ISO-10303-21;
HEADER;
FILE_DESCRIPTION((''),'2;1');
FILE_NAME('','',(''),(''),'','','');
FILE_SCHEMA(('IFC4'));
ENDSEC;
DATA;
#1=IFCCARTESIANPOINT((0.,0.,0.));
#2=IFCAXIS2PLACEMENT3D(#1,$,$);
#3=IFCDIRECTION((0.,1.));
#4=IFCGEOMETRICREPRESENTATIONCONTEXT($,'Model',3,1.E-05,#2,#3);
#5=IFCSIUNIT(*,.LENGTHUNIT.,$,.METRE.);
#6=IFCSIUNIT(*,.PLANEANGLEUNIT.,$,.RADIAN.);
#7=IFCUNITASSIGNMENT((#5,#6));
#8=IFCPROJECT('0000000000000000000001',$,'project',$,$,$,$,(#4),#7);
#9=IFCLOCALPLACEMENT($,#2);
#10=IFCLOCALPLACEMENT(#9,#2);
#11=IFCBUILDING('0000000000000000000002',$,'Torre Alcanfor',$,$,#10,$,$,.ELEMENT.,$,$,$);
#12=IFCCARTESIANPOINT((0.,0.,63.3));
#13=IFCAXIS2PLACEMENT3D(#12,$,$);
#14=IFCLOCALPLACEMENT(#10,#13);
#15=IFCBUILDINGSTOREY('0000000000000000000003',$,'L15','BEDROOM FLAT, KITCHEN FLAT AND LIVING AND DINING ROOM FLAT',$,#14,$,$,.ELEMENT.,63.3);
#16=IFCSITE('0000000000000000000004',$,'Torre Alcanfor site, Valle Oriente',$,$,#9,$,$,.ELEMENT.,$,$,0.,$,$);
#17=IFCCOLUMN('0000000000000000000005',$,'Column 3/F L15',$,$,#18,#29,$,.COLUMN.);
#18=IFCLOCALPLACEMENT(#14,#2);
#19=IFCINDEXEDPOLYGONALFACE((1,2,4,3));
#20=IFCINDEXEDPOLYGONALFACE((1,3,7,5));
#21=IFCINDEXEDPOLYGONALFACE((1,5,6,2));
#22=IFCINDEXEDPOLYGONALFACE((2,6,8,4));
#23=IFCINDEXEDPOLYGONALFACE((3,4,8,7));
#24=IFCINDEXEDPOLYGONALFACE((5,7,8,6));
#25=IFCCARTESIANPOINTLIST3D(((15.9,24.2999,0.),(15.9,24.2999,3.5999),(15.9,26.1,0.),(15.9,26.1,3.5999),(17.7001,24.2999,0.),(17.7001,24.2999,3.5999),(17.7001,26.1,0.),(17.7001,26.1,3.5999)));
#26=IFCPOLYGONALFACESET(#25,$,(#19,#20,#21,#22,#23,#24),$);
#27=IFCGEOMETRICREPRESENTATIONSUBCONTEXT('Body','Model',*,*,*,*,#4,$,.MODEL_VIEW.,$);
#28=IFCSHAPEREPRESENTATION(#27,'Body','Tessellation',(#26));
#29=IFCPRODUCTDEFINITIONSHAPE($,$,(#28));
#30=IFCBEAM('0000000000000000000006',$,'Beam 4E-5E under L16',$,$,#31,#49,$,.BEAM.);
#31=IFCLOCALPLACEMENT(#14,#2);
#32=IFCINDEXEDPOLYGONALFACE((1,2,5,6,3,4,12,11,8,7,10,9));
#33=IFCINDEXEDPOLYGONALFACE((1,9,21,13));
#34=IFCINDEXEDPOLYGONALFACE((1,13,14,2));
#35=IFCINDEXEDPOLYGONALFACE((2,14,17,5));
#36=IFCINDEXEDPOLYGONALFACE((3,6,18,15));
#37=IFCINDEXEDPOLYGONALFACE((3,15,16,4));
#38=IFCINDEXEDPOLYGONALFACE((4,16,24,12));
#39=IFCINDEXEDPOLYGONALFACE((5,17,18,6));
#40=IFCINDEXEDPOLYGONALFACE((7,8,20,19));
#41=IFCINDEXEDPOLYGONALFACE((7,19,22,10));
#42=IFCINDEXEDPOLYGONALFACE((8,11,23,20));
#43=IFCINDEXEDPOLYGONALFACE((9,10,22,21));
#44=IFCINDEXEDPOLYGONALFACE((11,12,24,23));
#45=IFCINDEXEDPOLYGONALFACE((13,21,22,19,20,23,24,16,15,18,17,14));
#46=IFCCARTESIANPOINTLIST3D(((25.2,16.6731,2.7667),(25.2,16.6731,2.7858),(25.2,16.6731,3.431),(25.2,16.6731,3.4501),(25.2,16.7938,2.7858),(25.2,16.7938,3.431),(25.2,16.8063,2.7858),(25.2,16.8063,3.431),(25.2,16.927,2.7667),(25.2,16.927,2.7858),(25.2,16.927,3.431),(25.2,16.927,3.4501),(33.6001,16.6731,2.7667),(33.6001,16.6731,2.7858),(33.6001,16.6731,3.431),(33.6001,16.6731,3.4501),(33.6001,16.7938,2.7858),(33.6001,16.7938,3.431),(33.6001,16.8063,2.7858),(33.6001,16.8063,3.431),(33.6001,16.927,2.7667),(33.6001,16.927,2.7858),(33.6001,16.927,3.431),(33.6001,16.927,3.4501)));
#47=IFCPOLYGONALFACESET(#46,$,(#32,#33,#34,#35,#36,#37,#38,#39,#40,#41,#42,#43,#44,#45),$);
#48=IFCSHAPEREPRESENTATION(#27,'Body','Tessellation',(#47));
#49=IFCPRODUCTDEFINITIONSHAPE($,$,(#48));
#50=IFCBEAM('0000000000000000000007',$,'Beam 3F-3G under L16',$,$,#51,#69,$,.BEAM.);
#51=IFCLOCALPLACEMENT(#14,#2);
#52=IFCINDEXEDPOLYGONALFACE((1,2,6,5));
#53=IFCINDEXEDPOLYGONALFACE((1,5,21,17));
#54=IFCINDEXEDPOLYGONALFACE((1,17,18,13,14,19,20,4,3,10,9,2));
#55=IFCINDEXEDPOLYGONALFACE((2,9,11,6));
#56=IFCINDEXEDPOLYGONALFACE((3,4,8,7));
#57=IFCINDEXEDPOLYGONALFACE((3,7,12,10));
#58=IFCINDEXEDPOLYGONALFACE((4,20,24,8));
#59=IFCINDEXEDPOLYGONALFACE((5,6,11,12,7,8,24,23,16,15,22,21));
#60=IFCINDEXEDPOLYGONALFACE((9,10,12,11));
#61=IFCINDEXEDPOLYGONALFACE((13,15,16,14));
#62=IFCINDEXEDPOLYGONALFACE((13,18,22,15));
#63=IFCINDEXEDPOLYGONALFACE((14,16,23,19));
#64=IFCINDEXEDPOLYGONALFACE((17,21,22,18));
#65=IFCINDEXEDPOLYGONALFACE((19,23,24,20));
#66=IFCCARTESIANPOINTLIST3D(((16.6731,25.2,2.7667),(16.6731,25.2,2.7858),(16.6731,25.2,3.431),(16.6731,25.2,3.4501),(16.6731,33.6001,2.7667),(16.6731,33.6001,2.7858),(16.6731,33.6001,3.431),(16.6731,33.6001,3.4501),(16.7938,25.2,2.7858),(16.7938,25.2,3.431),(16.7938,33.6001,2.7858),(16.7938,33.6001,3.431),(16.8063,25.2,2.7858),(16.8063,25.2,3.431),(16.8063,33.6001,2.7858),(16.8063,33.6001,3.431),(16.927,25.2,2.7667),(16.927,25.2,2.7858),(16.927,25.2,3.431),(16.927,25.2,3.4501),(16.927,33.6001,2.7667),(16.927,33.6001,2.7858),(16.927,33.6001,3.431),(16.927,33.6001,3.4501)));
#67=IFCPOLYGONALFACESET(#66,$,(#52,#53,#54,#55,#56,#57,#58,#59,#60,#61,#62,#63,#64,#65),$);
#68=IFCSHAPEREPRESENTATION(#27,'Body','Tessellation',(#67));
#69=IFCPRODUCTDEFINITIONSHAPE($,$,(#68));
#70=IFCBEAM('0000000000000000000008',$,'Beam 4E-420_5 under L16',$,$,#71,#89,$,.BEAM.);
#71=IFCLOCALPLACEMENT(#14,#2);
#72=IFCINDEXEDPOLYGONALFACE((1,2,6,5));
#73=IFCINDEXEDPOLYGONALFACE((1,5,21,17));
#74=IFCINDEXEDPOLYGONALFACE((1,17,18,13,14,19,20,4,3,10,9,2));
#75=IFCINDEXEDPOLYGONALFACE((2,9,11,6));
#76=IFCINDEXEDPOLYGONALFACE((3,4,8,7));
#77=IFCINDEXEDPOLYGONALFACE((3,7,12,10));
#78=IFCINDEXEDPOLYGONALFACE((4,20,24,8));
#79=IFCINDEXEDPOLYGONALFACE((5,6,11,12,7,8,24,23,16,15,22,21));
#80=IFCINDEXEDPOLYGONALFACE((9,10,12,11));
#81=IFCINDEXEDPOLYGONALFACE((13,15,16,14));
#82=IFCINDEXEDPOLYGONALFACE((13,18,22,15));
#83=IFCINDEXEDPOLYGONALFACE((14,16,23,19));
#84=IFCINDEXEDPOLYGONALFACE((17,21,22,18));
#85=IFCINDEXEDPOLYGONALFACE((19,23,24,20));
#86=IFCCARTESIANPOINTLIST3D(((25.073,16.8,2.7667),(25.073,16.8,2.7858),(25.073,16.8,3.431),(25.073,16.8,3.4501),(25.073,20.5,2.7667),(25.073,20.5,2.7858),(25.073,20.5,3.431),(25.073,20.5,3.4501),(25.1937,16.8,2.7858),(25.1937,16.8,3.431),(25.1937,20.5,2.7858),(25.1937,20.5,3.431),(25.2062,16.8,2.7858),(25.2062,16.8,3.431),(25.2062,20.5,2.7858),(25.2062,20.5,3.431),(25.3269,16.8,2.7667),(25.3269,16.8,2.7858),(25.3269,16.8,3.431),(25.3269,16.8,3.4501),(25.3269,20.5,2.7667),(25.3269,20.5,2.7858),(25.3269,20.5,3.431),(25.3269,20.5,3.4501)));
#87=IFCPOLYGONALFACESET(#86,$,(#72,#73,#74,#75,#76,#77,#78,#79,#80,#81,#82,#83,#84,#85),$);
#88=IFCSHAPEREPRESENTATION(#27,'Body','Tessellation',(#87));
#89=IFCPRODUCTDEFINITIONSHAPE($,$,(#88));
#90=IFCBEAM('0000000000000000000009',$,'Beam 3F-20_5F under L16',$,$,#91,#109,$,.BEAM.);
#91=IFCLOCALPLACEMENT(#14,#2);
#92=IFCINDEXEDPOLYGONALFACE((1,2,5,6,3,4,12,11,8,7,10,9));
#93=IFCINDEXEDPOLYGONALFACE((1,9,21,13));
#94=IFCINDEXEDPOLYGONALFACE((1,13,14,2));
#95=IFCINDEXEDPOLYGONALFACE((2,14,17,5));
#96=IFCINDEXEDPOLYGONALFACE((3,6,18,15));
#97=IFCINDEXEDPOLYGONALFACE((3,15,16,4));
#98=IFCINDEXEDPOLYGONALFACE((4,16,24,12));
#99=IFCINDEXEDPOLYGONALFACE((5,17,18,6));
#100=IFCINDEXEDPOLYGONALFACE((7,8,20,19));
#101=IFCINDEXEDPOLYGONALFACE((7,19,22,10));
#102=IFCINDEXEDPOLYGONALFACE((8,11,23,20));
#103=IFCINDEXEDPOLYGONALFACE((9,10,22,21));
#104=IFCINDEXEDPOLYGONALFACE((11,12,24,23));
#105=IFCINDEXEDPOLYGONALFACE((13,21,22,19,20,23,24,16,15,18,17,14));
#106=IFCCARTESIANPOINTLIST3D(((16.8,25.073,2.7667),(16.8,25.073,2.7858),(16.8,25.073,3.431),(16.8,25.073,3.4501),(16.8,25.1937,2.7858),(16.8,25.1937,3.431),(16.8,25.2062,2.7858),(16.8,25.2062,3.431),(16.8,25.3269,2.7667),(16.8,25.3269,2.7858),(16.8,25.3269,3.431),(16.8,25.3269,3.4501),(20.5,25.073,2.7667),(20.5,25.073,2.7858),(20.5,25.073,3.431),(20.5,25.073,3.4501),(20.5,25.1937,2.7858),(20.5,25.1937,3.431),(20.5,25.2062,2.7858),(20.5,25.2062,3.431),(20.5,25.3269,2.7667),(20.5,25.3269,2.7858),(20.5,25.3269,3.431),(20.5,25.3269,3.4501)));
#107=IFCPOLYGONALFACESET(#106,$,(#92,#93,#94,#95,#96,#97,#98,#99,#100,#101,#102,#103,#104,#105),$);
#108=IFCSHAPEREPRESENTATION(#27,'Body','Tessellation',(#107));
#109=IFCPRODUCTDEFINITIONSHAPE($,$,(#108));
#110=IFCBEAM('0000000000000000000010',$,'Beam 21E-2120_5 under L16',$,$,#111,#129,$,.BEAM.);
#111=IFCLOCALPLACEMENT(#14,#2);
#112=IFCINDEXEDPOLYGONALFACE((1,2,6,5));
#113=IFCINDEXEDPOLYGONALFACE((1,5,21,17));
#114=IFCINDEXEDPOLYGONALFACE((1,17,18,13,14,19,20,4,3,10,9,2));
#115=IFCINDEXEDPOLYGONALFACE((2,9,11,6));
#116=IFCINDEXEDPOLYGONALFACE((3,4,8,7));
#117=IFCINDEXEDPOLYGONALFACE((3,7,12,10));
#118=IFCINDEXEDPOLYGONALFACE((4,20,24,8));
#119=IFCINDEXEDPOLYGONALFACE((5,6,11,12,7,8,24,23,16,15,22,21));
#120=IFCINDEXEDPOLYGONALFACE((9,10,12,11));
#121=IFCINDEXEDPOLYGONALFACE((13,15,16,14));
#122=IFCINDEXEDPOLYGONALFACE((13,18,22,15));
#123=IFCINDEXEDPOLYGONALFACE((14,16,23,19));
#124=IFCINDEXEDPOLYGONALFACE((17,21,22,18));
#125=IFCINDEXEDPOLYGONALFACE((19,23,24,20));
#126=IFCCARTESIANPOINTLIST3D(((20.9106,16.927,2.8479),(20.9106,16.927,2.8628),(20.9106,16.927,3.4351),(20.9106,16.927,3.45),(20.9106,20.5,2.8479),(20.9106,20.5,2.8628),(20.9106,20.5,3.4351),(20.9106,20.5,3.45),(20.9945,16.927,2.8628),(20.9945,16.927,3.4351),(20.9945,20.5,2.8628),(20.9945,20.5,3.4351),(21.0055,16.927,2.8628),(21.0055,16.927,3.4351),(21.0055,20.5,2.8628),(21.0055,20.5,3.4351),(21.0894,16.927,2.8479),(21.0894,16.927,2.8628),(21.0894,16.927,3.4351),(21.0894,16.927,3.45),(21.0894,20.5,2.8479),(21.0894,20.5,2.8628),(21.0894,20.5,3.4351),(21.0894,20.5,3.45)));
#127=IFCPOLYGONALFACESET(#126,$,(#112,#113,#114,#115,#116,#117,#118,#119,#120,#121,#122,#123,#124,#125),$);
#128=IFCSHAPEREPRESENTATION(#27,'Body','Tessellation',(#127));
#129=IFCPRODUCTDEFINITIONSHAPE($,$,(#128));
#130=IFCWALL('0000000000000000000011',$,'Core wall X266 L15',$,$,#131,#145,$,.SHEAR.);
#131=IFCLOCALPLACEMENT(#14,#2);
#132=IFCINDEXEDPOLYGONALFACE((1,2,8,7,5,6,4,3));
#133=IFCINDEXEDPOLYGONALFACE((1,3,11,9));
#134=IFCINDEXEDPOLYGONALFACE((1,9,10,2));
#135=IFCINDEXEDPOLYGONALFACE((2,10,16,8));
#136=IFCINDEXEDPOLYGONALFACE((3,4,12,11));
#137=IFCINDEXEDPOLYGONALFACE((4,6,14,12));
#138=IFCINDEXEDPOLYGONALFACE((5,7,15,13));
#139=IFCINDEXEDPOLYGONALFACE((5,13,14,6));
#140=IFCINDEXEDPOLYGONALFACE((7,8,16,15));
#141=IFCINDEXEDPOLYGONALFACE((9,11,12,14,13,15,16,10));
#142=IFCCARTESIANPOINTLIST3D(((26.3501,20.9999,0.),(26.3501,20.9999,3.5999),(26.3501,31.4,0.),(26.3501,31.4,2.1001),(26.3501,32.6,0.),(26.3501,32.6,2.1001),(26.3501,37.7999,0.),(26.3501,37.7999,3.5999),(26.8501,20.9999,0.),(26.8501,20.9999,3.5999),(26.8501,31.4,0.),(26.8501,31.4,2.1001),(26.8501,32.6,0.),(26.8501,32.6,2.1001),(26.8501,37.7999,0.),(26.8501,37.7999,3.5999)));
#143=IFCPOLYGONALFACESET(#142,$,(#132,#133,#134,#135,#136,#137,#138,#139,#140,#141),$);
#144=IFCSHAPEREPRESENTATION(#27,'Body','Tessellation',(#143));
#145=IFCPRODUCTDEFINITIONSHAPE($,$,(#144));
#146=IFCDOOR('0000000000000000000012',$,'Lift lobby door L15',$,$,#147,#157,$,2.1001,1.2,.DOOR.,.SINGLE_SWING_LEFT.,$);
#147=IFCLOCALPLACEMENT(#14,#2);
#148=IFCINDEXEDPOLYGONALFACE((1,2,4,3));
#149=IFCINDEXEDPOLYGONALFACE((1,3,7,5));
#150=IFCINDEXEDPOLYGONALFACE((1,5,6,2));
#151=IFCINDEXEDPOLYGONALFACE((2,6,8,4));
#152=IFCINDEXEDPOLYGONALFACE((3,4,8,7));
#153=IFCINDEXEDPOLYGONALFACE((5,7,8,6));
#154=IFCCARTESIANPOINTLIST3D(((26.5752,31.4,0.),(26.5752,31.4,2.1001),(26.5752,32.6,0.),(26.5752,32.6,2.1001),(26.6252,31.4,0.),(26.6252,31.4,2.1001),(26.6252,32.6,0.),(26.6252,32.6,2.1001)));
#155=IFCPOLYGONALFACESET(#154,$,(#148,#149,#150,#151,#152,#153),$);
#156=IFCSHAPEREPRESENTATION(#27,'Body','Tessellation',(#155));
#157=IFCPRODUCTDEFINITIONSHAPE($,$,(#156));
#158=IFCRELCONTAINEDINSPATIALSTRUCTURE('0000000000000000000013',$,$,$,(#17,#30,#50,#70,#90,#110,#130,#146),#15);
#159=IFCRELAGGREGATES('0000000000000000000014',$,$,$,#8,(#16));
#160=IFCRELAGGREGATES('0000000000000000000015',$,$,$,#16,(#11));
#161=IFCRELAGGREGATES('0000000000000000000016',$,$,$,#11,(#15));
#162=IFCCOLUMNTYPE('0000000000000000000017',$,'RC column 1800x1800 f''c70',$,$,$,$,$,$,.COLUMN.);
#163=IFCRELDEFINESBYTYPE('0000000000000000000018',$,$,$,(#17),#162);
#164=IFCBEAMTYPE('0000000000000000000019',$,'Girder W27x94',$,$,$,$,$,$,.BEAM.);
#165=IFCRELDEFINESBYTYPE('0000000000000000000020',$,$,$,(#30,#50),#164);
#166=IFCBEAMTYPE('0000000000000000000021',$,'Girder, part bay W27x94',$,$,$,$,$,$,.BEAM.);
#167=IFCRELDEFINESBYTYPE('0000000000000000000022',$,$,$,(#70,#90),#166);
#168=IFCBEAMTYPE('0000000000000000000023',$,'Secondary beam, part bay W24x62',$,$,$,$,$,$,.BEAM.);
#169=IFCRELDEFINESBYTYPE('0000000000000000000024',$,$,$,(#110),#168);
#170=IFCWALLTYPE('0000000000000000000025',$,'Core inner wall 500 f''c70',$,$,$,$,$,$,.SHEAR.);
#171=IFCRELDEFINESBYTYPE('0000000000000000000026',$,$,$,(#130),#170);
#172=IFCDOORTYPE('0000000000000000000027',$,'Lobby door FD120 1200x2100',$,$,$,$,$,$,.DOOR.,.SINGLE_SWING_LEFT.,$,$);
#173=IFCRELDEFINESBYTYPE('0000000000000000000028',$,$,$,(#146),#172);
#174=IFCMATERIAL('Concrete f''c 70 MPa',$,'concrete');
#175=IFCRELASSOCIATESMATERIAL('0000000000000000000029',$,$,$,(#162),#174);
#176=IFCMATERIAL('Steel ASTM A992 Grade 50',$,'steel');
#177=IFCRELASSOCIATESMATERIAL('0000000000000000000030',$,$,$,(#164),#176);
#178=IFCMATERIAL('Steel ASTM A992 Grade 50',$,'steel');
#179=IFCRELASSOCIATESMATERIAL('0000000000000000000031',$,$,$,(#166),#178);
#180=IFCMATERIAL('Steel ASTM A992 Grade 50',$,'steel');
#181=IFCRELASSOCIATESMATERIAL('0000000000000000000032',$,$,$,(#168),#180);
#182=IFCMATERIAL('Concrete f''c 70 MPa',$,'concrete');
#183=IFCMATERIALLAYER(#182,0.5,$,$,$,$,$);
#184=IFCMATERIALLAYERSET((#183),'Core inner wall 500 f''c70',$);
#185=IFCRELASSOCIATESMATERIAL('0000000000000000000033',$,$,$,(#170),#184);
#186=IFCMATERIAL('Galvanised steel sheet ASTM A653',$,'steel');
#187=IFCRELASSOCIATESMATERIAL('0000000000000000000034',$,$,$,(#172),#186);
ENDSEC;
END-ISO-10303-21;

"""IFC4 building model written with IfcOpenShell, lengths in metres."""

from ifc_helpers import new_model, si_unit, direction, frame, frame_2d, origin, origin_2d, place, context, subcontext, project, spatial, rectangle, i_section, extrude, material, layer, layer_set, material_profile, profile_set, type_object, element, fill, save


model = new_model("IFC4")

# Units and contexts
model_context = context("Model", 3, precision=1e-05, world=origin(), true_north=direction((0.0, 1.0)))
body_context = subcontext(model_context, "Body", "Model", "MODEL_VIEW")
ifc_project = project(units=[si_unit("LENGTHUNIT", "METRE"), si_unit("PLANEANGLEUNIT", "RADIAN")], contexts=[model_context])

# Site, building, storey
site_placement = place(None, origin())
site = spatial("IfcSite", under=ifc_project, at=site_placement, Name="Torre Alcanfor site, Valle Oriente", CompositionType="ELEMENT", RefElevation=0.0)
building_placement = place(site_placement, origin())
building = spatial("IfcBuilding", under=site, at=building_placement, Name="Torre Alcanfor", CompositionType="ELEMENT")
storey_placement = place(building_placement, frame((0.0, 0.0, 63.3)))
storey = spatial("IfcBuildingStorey", under=building, at=storey_placement, Name="L15", Description="BEDROOM FLAT, KITCHEN FLAT AND LIVING AND DINING ROOM FLAT", CompositionType="ELEMENT", Elevation=63.3)

# Column
ifc_material_1 = material(Name="Concrete f'c 70 MPa", Category="concrete")
ifc_material_profile_1 = material_profile(ifc_material_1, rectangle(XDim=1.8, YDim=1.8, at=origin_2d()), Name="1800x1800")
ifc_profile_set_1 = profile_set([ifc_material_profile_1], Name="Concrete f'c 70 MPa")
column_type = type_object("IfcColumnType", Name="RC column 1800x1800 f'c70", PredefinedType="COLUMN", material=ifc_profile_set_1)
column_placement = place(storey_placement, frame((16.8, 25.2, 0.0), z_axis=(0.0, 0.0, 1.0), x_axis=(1.0, 0.0, 0.0)))
element("IfcColumn", 1, at=column_placement, inside=storey, type_object=column_type, Name="Column 3/F L15", PredefinedType="COLUMN", context=body_context, shape_type="SweptSolid", body=[
    extrude(rectangle(XDim=1.8, YDim=1.8, at=origin_2d()), origin(), (0.0, 0.0, 1.0), 3.5999),
])

# Beams
ifc_material_2 = material(Name="Steel ASTM A992 Grade 50", Category="steel")
ifc_material_profile_2 = material_profile(ifc_material_2, i_section(OverallWidth=0.2539, OverallDepth=0.6833, WebThickness=0.0125, FlangeThickness=0.019, at=origin_2d()), Name="W27x94")
ifc_profile_set_2 = profile_set([ifc_material_profile_2], Name="Steel ASTM A992 Grade 50")
beam_type_1 = type_object("IfcBeamType", Name="Girder W27x94", PredefinedType="BEAM", material=ifc_profile_set_2)
for number, where, z_axis, x_axis, name in (
    (2, (25.2, 16.8, 3.1084), (1.0, 0.0, 0.0), (0.0, 1.0, 0.0), "Beam 4E-5E under L16"),
    (3, (16.8, 25.2, 3.1084), (0.0, 1.0, 0.0), (-1.0, 0.0, 0.0), "Beam 3F-3G under L16"),
):
    element("IfcBeam", number, at=place(storey_placement, frame(where, z_axis=z_axis, x_axis=x_axis)), inside=storey, type_object=beam_type_1, Name=name, PredefinedType="BEAM", context=body_context, shape_type="SweptSolid", body=[
        extrude(i_section(OverallWidth=0.2539, OverallDepth=0.6833, WebThickness=0.0125, FlangeThickness=0.019, at=origin_2d()), origin(), (0.0, 0.0, 1.0), 8.4001),
    ])
ifc_material_3 = material(Name="Steel ASTM A992 Grade 50", Category="steel")
ifc_material_profile_3 = material_profile(ifc_material_3, i_section(OverallWidth=0.2539, OverallDepth=0.6833, WebThickness=0.0125, FlangeThickness=0.019, at=origin_2d()), Name="W27x94")
ifc_profile_set_3 = profile_set([ifc_material_profile_3], Name="Steel ASTM A992 Grade 50")
beam_type_2 = type_object("IfcBeamType", Name="Girder, part bay W27x94", PredefinedType="BEAM", material=ifc_profile_set_3)
for number, where, z_axis, x_axis, name in (
    (4, (25.2, 16.8, 3.1084), (0.0, 1.0, 0.0), (-1.0, 0.0, 0.0), "Beam 4E-420_5 under L16"),
    (5, (16.8, 25.2, 3.1084), (1.0, 0.0, 0.0), (0.0, 1.0, 0.0), "Beam 3F-20_5F under L16"),
):
    element("IfcBeam", number, at=place(storey_placement, frame(where, z_axis=z_axis, x_axis=x_axis)), inside=storey, type_object=beam_type_2, Name=name, PredefinedType="BEAM", context=body_context, shape_type="SweptSolid", body=[
        extrude(i_section(OverallWidth=0.2539, OverallDepth=0.6833, WebThickness=0.0125, FlangeThickness=0.019, at=origin_2d()), origin(), (0.0, 0.0, 1.0), 3.7),
    ])
ifc_material_4 = material(Name="Steel ASTM A992 Grade 50", Category="steel")
ifc_material_profile_4 = material_profile(ifc_material_4, i_section(OverallWidth=0.1787, OverallDepth=0.6021, WebThickness=0.011, FlangeThickness=0.0149, at=origin_2d()), Name="W24x62")
ifc_profile_set_4 = profile_set([ifc_material_profile_4], Name="Steel ASTM A992 Grade 50")
beam_type_3 = type_object("IfcBeamType", Name="Secondary beam, part bay W24x62", PredefinedType="BEAM", material=ifc_profile_set_4)
beam_placement = place(storey_placement, frame((21.0, 16.927, 3.1489), z_axis=(0.0, 1.0, 0.0), x_axis=(-1.0, 0.0, 0.0)))
element("IfcBeam", 6, at=beam_placement, inside=storey, type_object=beam_type_3, Name="Beam 21E-2120_5 under L16", PredefinedType="BEAM", context=body_context, shape_type="SweptSolid", body=[
    extrude(i_section(OverallWidth=0.1787, OverallDepth=0.6021, WebThickness=0.011, FlangeThickness=0.0149, at=origin_2d()), origin(), (0.0, 0.0, 1.0), 3.573),
])

# Wall, opening, door
ifc_material_5 = material(Name="Concrete f'c 70 MPa", Category="concrete")
ifc_layer_1 = layer(ifc_material_5, 0.5)
ifc_layer_set_1 = layer_set([ifc_layer_1], Name="Core inner wall 500 f'c70")
wall_type_1 = type_object("IfcWallType", Name="Core inner wall 500 f'c70", PredefinedType="SHEAR", material=ifc_layer_set_1)
wall_1_placement = place(storey_placement, frame((26.6001, 21.0, 0.0), z_axis=(0.0, 0.0, 1.0), x_axis=(0.0, 1.0, 0.0)))
wall_1 = element("IfcWall", 7, at=wall_1_placement, inside=storey, type_object=wall_type_1, Name="Core wall X266 L15", PredefinedType="SHEAR", context=body_context, shape_type="SweptSolid", body=[
    extrude(rectangle(XDim=16.8, YDim=0.5, at=frame_2d((8.3999, 0.0))), origin(), (0.0, 0.0, 1.0), 3.5999),
])
opening_1_placement = place(wall_1_placement, frame((10.3999, 0.0, 0.0)))
opening_1 = element("IfcOpeningElement", 8, at=opening_1_placement, cuts=wall_1, PredefinedType="OPENING", context=body_context, shape_type="SweptSolid", body=[
    extrude(rectangle(XDim=1.2, YDim=2.1001, at=frame_2d((0.6001, 1.05))), frame((0.0, 0.26, 0.0), z_axis=(0.0, -1.0, 0.0), x_axis=(1.0, 0.0, 0.0)), (0.0, 0.0, 1.0), 0.52),
])
ifc_material_6 = material(Name="Galvanised steel sheet ASTM A653", Category="steel")
door_type_1 = type_object("IfcDoorType", Name="Lobby door FD120 1200x2100", OperationType="SINGLE_SWING_LEFT", PredefinedType="DOOR", material=ifc_material_6)
door_1_placement = place(opening_1_placement, origin())
door_1 = element("IfcDoor", 9, at=door_1_placement, inside=storey, type_object=door_type_1, Name="Lift lobby door L15", OperationType="SINGLE_SWING_LEFT", OverallHeight=2.1001, OverallWidth=1.2, PredefinedType="DOOR", context=body_context, shape_type="SweptSolid", body=[
    extrude(rectangle(XDim=1.2, YDim=2.1001, at=frame_2d((0.6001, 1.05))), frame((0.0, 0.0249, 0.0), z_axis=(0.0, -1.0, 0.0), x_axis=(1.0, 0.0, 0.0)), (0.0, 0.0, 1.0), 0.05),
])
fill(opening_1, door_1)

save(model, "model.ifc")
